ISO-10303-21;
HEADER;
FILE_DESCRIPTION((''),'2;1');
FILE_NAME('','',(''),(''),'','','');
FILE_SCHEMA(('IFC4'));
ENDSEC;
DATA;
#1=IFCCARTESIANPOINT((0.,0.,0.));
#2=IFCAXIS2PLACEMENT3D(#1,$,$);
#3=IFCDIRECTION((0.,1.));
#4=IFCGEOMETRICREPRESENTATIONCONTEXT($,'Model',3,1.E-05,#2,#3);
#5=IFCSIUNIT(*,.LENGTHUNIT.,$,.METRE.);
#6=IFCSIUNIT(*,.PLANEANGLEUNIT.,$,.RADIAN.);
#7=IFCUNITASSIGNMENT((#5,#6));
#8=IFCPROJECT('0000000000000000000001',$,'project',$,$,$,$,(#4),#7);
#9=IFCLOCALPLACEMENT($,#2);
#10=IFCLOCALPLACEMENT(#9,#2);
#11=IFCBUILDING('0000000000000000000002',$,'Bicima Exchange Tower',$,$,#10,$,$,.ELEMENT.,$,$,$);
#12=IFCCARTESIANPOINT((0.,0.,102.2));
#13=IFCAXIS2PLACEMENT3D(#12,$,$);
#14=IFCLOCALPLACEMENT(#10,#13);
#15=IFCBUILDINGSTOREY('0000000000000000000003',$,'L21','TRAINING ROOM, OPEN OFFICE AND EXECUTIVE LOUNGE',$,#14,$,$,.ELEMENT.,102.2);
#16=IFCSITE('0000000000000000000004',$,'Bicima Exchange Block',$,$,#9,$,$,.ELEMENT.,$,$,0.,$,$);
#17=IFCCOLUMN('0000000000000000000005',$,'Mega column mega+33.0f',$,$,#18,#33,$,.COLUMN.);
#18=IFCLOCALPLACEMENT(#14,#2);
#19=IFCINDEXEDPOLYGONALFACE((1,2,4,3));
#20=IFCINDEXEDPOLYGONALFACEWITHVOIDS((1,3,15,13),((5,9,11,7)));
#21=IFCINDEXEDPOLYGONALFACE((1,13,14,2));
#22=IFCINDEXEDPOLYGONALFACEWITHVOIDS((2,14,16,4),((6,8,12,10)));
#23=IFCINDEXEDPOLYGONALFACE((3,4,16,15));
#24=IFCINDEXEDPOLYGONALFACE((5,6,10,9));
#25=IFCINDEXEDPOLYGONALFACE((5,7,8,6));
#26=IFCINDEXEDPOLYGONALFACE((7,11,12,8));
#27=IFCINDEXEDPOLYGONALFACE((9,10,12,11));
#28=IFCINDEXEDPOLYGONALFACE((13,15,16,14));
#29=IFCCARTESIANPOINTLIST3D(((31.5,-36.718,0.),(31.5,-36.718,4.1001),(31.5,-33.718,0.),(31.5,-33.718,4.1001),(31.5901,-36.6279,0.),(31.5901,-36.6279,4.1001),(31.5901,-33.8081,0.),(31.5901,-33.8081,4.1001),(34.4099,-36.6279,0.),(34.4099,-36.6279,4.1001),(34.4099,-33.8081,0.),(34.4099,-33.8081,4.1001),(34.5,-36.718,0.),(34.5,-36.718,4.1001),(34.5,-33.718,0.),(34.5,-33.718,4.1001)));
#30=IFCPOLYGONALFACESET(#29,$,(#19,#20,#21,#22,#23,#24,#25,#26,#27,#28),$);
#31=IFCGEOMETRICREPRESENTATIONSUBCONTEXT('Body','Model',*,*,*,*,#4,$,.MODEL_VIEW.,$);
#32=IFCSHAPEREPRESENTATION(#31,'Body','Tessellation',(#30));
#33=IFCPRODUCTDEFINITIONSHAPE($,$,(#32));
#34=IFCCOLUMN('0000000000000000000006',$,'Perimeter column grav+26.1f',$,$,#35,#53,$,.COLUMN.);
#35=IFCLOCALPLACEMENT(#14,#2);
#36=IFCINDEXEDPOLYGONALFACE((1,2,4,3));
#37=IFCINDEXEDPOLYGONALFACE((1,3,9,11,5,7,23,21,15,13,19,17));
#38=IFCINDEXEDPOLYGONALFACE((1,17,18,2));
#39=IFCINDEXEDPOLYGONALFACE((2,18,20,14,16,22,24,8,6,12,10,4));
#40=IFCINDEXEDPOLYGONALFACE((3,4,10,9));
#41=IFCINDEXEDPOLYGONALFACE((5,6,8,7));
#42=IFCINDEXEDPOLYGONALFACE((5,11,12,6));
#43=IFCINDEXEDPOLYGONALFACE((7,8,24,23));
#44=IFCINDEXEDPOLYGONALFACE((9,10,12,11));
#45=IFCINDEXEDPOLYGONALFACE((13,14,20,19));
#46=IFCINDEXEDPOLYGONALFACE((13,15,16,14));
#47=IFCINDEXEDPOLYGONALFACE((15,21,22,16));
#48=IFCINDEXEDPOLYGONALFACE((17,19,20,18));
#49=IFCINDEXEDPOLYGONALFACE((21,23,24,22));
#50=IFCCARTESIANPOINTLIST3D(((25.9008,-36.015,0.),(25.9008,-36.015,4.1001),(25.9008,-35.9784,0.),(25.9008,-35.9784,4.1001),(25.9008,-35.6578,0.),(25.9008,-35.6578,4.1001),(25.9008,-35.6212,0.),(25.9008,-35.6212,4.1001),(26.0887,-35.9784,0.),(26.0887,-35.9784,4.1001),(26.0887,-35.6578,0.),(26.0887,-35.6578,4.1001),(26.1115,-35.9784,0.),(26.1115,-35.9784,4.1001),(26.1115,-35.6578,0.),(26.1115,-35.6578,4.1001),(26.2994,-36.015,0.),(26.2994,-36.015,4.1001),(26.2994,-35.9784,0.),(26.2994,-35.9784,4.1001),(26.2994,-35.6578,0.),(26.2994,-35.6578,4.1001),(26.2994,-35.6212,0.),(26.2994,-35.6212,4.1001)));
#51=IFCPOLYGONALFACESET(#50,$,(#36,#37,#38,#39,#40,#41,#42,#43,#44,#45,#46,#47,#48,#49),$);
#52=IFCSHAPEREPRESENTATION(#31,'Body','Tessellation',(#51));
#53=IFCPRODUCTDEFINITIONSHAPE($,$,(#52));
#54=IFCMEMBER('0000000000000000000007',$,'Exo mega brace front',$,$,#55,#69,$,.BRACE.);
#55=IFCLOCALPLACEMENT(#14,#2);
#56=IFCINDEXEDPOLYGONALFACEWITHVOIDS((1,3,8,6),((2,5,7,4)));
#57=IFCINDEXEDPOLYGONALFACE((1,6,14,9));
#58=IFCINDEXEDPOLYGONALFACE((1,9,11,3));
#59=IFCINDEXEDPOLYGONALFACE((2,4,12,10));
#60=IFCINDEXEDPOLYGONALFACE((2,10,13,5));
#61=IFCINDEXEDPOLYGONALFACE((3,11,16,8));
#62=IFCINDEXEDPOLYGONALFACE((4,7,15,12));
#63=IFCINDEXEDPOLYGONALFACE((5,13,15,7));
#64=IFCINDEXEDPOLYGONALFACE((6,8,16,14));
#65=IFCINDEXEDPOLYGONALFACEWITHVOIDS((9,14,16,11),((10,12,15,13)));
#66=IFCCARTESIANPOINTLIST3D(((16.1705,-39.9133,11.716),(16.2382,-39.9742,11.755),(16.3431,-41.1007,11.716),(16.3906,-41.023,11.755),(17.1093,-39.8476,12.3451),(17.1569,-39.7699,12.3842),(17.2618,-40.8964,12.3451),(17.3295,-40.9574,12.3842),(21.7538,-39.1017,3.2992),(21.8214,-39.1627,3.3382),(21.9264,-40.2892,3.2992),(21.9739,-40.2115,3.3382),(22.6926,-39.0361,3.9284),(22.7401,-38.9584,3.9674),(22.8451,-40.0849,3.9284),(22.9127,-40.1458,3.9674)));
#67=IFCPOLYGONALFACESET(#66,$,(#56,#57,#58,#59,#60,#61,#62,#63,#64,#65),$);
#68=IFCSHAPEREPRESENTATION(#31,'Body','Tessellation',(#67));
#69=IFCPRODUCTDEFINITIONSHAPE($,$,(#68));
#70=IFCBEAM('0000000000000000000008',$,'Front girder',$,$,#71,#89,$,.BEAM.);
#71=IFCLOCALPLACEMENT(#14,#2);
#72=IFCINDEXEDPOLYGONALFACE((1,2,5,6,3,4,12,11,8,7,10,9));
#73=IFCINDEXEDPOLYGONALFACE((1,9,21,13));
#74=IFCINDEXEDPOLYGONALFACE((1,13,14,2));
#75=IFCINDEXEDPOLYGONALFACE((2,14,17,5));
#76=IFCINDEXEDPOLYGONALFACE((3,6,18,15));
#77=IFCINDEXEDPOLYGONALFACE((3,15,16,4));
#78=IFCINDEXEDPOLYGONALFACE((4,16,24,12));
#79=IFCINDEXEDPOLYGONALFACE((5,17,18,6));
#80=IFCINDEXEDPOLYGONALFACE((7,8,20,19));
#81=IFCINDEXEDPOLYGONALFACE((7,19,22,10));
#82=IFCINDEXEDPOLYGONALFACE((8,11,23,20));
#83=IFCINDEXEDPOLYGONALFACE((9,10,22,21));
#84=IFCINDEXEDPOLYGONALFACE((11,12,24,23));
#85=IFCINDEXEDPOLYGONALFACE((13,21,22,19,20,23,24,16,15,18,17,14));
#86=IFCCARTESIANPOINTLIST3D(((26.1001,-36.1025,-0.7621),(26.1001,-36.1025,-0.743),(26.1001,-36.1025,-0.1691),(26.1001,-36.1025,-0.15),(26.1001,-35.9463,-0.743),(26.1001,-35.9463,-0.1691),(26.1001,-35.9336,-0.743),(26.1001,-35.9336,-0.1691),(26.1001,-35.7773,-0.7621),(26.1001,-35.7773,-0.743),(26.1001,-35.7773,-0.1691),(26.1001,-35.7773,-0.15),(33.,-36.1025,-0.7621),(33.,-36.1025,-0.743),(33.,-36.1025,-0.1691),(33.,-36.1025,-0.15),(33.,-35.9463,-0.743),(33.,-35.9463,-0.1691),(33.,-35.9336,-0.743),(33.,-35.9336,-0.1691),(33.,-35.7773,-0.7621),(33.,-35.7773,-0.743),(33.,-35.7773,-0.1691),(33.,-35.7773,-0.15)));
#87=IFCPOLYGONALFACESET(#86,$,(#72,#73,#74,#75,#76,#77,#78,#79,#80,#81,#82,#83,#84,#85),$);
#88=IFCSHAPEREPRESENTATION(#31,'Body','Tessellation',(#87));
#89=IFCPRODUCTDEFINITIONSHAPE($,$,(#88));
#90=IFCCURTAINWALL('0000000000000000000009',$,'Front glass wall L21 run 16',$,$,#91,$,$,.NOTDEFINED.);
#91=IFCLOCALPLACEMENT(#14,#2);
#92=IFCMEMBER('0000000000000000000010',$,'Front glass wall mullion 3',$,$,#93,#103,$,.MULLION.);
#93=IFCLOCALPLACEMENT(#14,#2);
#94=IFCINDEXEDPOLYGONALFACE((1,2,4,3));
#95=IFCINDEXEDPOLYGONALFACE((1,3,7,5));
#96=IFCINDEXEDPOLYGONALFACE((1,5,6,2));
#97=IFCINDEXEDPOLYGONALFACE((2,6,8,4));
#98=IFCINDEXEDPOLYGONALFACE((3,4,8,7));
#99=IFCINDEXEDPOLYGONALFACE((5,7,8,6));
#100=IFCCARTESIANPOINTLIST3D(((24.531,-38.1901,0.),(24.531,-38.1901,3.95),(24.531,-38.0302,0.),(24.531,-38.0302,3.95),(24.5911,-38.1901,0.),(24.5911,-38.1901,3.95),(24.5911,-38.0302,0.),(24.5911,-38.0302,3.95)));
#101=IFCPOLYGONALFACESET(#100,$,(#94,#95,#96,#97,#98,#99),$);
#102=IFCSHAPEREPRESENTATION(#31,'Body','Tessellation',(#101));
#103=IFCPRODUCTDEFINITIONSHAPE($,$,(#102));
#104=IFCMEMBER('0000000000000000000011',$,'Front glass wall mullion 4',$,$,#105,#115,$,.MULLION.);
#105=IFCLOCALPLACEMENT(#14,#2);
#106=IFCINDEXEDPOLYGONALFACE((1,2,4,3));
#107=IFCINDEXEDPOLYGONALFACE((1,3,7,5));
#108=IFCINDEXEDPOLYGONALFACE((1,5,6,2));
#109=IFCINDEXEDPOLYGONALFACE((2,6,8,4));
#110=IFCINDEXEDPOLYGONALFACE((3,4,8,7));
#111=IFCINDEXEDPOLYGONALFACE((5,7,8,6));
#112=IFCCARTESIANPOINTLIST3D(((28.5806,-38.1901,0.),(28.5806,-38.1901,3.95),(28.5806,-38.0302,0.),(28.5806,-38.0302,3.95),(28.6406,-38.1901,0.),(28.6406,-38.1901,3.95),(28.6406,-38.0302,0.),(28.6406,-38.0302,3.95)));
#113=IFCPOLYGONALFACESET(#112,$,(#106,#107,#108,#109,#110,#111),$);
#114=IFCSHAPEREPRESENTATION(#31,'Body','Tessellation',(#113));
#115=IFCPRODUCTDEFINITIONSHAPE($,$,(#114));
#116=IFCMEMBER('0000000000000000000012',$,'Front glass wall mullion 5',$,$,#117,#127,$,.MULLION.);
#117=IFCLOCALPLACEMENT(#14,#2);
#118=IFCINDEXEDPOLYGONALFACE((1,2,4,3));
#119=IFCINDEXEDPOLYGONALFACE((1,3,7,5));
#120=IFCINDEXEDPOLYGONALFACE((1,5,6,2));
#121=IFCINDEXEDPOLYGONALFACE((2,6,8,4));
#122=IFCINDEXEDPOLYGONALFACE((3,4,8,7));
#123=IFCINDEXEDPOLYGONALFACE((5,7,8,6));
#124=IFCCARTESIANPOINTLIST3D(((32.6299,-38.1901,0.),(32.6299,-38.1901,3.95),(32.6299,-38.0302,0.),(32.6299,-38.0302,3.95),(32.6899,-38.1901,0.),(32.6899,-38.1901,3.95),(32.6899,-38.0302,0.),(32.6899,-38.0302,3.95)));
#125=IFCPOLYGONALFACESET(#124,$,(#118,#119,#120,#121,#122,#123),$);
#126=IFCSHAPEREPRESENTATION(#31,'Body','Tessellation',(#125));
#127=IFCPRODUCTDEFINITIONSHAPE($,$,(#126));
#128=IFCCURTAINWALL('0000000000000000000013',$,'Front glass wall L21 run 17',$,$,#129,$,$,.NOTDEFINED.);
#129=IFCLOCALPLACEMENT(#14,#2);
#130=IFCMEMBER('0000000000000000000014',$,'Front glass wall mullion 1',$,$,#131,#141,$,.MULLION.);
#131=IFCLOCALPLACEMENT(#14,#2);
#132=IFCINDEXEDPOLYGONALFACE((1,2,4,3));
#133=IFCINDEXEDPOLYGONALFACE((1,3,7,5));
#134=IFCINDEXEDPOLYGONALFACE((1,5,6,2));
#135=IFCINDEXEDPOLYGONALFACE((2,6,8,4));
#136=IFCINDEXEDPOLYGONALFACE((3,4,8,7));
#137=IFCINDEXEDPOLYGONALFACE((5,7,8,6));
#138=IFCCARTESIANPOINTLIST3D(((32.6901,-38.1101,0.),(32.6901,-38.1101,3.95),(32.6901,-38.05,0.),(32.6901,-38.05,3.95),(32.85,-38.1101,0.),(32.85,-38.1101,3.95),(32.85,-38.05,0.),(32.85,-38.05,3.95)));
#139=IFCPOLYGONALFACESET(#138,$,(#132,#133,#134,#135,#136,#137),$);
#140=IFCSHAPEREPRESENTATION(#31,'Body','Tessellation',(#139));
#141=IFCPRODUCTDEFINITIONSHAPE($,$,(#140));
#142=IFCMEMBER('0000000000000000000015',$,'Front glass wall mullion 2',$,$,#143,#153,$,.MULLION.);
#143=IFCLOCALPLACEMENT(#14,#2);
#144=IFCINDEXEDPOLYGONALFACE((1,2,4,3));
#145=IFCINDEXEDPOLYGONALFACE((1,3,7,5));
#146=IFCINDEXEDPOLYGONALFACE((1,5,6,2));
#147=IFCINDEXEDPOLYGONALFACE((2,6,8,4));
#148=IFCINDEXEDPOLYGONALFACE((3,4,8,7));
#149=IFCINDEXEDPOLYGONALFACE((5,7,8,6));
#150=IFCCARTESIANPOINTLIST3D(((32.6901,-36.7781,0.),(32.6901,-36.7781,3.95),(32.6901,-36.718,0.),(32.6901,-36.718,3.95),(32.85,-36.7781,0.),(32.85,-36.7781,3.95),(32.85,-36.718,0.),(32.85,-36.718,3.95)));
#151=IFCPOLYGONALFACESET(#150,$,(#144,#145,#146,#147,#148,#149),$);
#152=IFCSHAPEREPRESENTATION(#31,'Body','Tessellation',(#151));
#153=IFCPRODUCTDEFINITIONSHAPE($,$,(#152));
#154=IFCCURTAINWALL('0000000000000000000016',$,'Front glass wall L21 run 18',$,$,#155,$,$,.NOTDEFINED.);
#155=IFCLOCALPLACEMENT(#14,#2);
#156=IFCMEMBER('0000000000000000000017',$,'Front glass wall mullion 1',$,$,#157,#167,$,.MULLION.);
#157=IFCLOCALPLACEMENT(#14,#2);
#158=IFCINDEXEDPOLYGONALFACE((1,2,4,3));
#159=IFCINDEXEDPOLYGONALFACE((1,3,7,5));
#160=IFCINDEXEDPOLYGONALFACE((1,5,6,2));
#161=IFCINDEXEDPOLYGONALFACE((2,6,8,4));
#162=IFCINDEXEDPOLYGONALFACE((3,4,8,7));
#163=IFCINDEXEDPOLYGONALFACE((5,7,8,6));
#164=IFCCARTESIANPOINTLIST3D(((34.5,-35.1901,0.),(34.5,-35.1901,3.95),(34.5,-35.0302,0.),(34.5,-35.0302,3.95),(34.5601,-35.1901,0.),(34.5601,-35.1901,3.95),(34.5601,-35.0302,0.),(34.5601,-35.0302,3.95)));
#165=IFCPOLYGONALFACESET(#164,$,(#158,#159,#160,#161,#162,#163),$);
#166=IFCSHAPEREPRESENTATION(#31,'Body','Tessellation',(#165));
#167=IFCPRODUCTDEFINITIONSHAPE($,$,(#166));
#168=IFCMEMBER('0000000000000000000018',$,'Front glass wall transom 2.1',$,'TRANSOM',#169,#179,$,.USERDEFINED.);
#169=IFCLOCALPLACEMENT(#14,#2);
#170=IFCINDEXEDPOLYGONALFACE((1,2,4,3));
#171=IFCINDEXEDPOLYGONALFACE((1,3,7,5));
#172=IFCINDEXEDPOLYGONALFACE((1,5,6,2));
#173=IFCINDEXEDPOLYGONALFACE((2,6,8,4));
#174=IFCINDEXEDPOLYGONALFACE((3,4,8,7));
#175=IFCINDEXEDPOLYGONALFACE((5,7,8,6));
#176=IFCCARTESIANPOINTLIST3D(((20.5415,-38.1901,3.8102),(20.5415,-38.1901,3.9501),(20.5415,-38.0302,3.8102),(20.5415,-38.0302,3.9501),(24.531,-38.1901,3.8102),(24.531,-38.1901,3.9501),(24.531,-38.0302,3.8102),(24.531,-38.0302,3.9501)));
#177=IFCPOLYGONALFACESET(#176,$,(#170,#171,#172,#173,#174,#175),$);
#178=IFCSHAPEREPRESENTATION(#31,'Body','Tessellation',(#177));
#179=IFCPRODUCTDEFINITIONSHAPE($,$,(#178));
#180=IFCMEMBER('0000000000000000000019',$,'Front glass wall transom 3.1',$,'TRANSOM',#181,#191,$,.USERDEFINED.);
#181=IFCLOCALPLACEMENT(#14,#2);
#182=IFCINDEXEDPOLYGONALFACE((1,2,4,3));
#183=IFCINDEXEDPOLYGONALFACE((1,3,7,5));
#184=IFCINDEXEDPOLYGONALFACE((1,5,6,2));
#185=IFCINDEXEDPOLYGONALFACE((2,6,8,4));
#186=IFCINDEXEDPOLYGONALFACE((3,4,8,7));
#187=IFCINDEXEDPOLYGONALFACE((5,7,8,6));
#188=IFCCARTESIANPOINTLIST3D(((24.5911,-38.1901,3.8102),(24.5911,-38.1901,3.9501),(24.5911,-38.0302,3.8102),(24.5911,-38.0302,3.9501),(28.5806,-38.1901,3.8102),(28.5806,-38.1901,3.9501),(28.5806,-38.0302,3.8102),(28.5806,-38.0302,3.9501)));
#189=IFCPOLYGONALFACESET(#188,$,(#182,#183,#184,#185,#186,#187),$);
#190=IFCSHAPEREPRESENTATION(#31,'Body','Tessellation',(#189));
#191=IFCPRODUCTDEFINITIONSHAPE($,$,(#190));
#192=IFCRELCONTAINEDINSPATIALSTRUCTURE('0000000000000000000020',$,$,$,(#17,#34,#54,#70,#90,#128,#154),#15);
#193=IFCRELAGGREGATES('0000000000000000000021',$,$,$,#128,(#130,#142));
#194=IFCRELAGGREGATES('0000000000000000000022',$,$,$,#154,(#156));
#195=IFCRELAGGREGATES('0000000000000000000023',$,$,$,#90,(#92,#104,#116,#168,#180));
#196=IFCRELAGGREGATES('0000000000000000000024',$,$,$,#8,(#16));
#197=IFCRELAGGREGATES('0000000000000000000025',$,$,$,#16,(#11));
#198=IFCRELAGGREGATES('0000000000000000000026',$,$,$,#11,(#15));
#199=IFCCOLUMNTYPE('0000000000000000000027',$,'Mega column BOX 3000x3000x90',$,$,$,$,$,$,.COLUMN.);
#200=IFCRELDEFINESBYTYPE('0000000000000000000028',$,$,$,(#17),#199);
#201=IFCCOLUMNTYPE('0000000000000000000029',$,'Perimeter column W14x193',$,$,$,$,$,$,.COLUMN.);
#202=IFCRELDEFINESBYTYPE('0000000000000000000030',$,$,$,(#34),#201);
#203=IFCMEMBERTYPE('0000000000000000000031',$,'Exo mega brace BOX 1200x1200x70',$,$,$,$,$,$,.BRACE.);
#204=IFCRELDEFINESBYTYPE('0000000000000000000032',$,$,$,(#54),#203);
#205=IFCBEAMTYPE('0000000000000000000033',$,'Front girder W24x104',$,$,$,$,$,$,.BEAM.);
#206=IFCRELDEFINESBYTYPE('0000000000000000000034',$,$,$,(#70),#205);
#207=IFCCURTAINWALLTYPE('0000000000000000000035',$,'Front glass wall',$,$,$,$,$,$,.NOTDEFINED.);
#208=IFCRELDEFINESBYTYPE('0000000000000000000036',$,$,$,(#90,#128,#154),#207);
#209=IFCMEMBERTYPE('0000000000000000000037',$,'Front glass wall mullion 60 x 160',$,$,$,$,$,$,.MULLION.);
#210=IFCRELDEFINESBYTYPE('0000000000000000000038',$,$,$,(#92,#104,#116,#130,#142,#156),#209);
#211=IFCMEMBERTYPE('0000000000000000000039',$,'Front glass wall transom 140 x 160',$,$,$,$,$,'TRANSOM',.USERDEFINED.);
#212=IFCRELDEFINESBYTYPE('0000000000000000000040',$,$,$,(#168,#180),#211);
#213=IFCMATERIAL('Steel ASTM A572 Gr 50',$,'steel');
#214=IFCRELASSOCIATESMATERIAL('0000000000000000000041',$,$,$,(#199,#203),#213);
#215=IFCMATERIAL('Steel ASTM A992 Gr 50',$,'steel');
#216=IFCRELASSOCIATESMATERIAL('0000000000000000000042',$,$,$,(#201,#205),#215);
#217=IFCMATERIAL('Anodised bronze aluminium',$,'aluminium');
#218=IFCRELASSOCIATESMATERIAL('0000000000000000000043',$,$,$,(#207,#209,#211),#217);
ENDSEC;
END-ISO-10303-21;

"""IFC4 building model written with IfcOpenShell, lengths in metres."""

from ifc_helpers import new_model, si_unit, direction, frame, origin, origin_2d, place, context, subcontext, project, spatial, rectangle, hollow_rectangle, i_section, extrude, material, material_profile, profile_set, type_object, element, aggregate, save


model = new_model("IFC4")

# Units and contexts
model_context = context("Model", 3, precision=1e-05, world=origin(), true_north=direction((0.0, 1.0)))
body_context = subcontext(model_context, "Body", "Model", "MODEL_VIEW")
ifc_project = project(units=[si_unit("LENGTHUNIT", "METRE"), si_unit("PLANEANGLEUNIT", "RADIAN")], contexts=[model_context])

# Site, building, storey
site_placement = place(None, origin())
site = spatial("IfcSite", under=ifc_project, at=site_placement, Name="Bicima Exchange Block", CompositionType="ELEMENT", RefElevation=0.0)
building_placement = place(site_placement, origin())
building = spatial("IfcBuilding", under=site, at=building_placement, Name="Bicima Exchange Tower", CompositionType="ELEMENT")
storey_placement = place(building_placement, frame((0.0, 0.0, 102.2)))
storey = spatial("IfcBuildingStorey", under=building, at=storey_placement, Name="L21", Description="TRAINING ROOM, OPEN OFFICE AND EXECUTIVE LOUNGE", CompositionType="ELEMENT", Elevation=102.2)

# Columns
ifc_material_1 = material(Name="Steel ASTM A572 Gr 50", Category="steel")
ifc_material_profile_1 = material_profile(ifc_material_1, hollow_rectangle(XDim=3.0, YDim=3.0, WallThickness=0.0901, at=origin_2d()))
ifc_profile_set_1 = profile_set([ifc_material_profile_1], Name="Steel ASTM A572 Gr 50")
column_type_1 = type_object("IfcColumnType", Name="Mega column BOX 3000x3000x90", PredefinedType="COLUMN", material=ifc_profile_set_1)
column_1_placement = place(storey_placement, frame((33.0, -35.218, 0.0), z_axis=(0.0, 0.0, 1.0), x_axis=(1.0, 0.0, 0.0)))
element("IfcColumn", 1, at=column_1_placement, inside=storey, type_object=column_type_1, Name="Mega column mega+33.0f", PredefinedType="COLUMN", context=body_context, shape_type="SweptSolid", body=[
    extrude(hollow_rectangle(XDim=3.0, YDim=3.0, WallThickness=0.0901, at=origin_2d()), origin(), (0.0, 0.0, 1.0), 4.1001),
])
ifc_material_2 = material(Name="Steel ASTM A992 Gr 50", Category="steel")
ifc_material_profile_2 = material_profile(ifc_material_2, i_section(OverallWidth=0.3987, OverallDepth=0.3938, WebThickness=0.0227, FlangeThickness=0.0366, at=origin_2d()))
ifc_profile_set_2 = profile_set([ifc_material_profile_2], Name="Steel ASTM A992 Gr 50")
column_type_2 = type_object("IfcColumnType", Name="Perimeter column W14x193", PredefinedType="COLUMN", material=ifc_profile_set_2)
column_2_placement = place(storey_placement, frame((26.1001, -35.8181, 0.0), z_axis=(0.0, 0.0, 1.0), x_axis=(1.0, 0.0, 0.0)))
element("IfcColumn", 2, at=column_2_placement, inside=storey, type_object=column_type_2, Name="Perimeter column grav+26.1f", PredefinedType="COLUMN", context=body_context, shape_type="SweptSolid", body=[
    extrude(i_section(OverallWidth=0.3987, OverallDepth=0.3938, WebThickness=0.0227, FlangeThickness=0.0366, at=origin_2d()), origin(), (0.0, 0.0, 1.0), 4.1001),
])

# Member
ifc_material_profile_3 = material_profile(ifc_material_1, hollow_rectangle(XDim=1.2, YDim=1.2, WallThickness=0.0701, at=origin_2d()))
ifc_profile_set_3 = profile_set([ifc_material_profile_3], Name="Steel ASTM A572 Gr 50")
member_type_1 = type_object("IfcMemberType", Name="Exo mega brace BOX 1200x1200x70", PredefinedType="BRACE", material=ifc_profile_set_3)
member_1_placement = place(storey_placement, frame((22.3333, -39.6238, 3.6333), z_axis=(-0.55101, -0.080089, 0.830647), x_axis=(0.143838, -0.989601, 0.0)))
element("IfcMember", 3, at=member_1_placement, inside=storey, type_object=member_type_1, Name="Exo mega brace front", PredefinedType="BRACE", context=body_context, shape_type="SweptSolid", body=[
    extrude(hollow_rectangle(XDim=1.2, YDim=1.2, WallThickness=0.0701, at=origin_2d()), origin(), (0.0, 0.0, 1.0), 10.1328),
])

# Beam
ifc_material_profile_4 = material_profile(ifc_material_2, i_section(OverallWidth=0.3252, OverallDepth=0.6121, WebThickness=0.0127, FlangeThickness=0.019, at=origin_2d()))
ifc_profile_set_4 = profile_set([ifc_material_profile_4], Name="Steel ASTM A992 Gr 50")
beam_type = type_object("IfcBeamType", Name="Front girder W24x104", PredefinedType="BEAM", material=ifc_profile_set_4)
beam_placement = place(storey_placement, frame((26.1001, -35.9399, -0.4561), z_axis=(1.0, 0.0, 0.0), x_axis=(0.0, 1.0, 0.0)))
element("IfcBeam", 4, at=beam_placement, inside=storey, type_object=beam_type, Name="Front girder", PredefinedType="BEAM", context=body_context, shape_type="SweptSolid", body=[
    extrude(i_section(OverallWidth=0.3252, OverallDepth=0.6121, WebThickness=0.0127, FlangeThickness=0.019, at=origin_2d()), origin(), (0.0, 0.0, 1.0), 6.8999),
])

# Curtain walls, members
ifc_material_3 = material(Name="Anodised bronze aluminium", Category="aluminium")
curtain_wall_type = type_object("IfcCurtainWallType", Name="Front glass wall", PredefinedType="NOTDEFINED", material=ifc_material_3)
curtain_wall_1_placement = place(storey_placement, origin())
curtain_wall_1 = element("IfcCurtainWall", 5, at=curtain_wall_1_placement, inside=storey, type_object=curtain_wall_type, Name="Front glass wall L21 run 16", PredefinedType="NOTDEFINED")
ifc_material_profile_5 = material_profile(ifc_material_3, rectangle(XDim=0.1599, YDim=0.0601, at=origin_2d()))
ifc_profile_set_5 = profile_set([ifc_material_profile_5], Name="Anodised bronze aluminium")
member_type_2 = type_object("IfcMemberType", Name="Front glass wall mullion 60 x 160", PredefinedType="MULLION", material=ifc_profile_set_5)
member_2_placement = place(storey_placement, frame((24.561, -38.1101, 0.0), z_axis=(0.0, 0.0, 1.0), x_axis=(0.0, 1.0, 0.0)))
member_2 = element("IfcMember", 6, at=member_2_placement, type_object=member_type_2, Name="Front glass wall mullion 3", PredefinedType="MULLION", context=body_context, shape_type="SweptSolid", body=[
    extrude(rectangle(XDim=0.1599, YDim=0.0601, at=origin_2d()), origin(), (0.0, 0.0, 1.0), 3.95),
])
member_3_placement = place(storey_placement, frame((28.6106, -38.1101, 0.0), z_axis=(0.0, 0.0, 1.0), x_axis=(0.0, 1.0, 0.0)))
member_3 = element("IfcMember", 7, at=member_3_placement, type_object=member_type_2, Name="Front glass wall mullion 4", PredefinedType="MULLION", context=body_context, shape_type="SweptSolid", body=[
    extrude(rectangle(XDim=0.1599, YDim=0.0601, at=origin_2d()), origin(), (0.0, 0.0, 1.0), 3.95),
])
member_4_placement = place(storey_placement, frame((32.6599, -38.1101, 0.0), z_axis=(0.0, 0.0, 1.0), x_axis=(0.0, 1.0, 0.0)))
member_4 = element("IfcMember", 8, at=member_4_placement, type_object=member_type_2, Name="Front glass wall mullion 5", PredefinedType="MULLION", context=body_context, shape_type="SweptSolid", body=[
    extrude(rectangle(XDim=0.1599, YDim=0.0601, at=origin_2d()), origin(), (0.0, 0.0, 1.0), 3.95),
])
curtain_wall_2_placement = place(storey_placement, origin())
curtain_wall_2 = element("IfcCurtainWall", 9, at=curtain_wall_2_placement, inside=storey, type_object=curtain_wall_type, Name="Front glass wall L21 run 17", PredefinedType="NOTDEFINED")
member_5_placement = place(storey_placement, frame((32.77, -38.0801, 0.0), z_axis=(0.0, 0.0, 1.0), x_axis=(-1.0, 0.0, 0.0)))
member_5 = element("IfcMember", 10, at=member_5_placement, type_object=member_type_2, Name="Front glass wall mullion 1", PredefinedType="MULLION", context=body_context, shape_type="SweptSolid", body=[
    extrude(rectangle(XDim=0.1599, YDim=0.0601, at=origin_2d()), origin(), (0.0, 0.0, 1.0), 3.95),
])
member_6_placement = place(storey_placement, frame((32.77, -36.748, 0.0), z_axis=(0.0, 0.0, 1.0), x_axis=(-1.0, 0.0, 0.0)))
member_6 = element("IfcMember", 11, at=member_6_placement, type_object=member_type_2, Name="Front glass wall mullion 2", PredefinedType="MULLION", context=body_context, shape_type="SweptSolid", body=[
    extrude(rectangle(XDim=0.1599, YDim=0.0601, at=origin_2d()), origin(), (0.0, 0.0, 1.0), 3.95),
])

# Curtain wall, member
curtain_wall_3_placement = place(storey_placement, origin())
curtain_wall_3 = element("IfcCurtainWall", 12, at=curtain_wall_3_placement, inside=storey, type_object=curtain_wall_type, Name="Front glass wall L21 run 18", PredefinedType="NOTDEFINED")
member_7_placement = place(storey_placement, frame((34.53, -35.1101, 0.0), z_axis=(0.0, 0.0, 1.0), x_axis=(0.0, 1.0, 0.0)))
member_7 = element("IfcMember", 13, at=member_7_placement, type_object=member_type_2, Name="Front glass wall mullion 1", PredefinedType="MULLION", context=body_context, shape_type="SweptSolid", body=[
    extrude(rectangle(XDim=0.1599, YDim=0.0601, at=origin_2d()), origin(), (0.0, 0.0, 1.0), 3.95),
])

# Members
ifc_material_profile_6 = material_profile(ifc_material_3, rectangle(XDim=0.1599, YDim=0.1399, at=origin_2d()))
ifc_profile_set_6 = profile_set([ifc_material_profile_6], Name="Anodised bronze aluminium")
member_type_3 = type_object("IfcMemberType", Name="Front glass wall transom 140 x 160", ElementType="TRANSOM", PredefinedType="USERDEFINED", material=ifc_profile_set_6)
member_8_placement = place(storey_placement, frame((20.5415, -38.1101, 3.8801), z_axis=(1.0, 0.0, 0.0), x_axis=(0.0, 1.0, 0.0)))
member_8 = element("IfcMember", 14, at=member_8_placement, type_object=member_type_3, Name="Front glass wall transom 2.1", ObjectType="TRANSOM", PredefinedType="USERDEFINED", context=body_context, shape_type="SweptSolid", body=[
    extrude(rectangle(XDim=0.1599, YDim=0.1399, at=origin_2d()), origin(), (0.0, 0.0, 1.0), 3.9895),
])
member_9_placement = place(storey_placement, frame((24.5911, -38.1101, 3.8801), z_axis=(1.0, 0.0, 0.0), x_axis=(0.0, 1.0, 0.0)))
member_9 = element("IfcMember", 15, at=member_9_placement, type_object=member_type_3, Name="Front glass wall transom 3.1", ObjectType="TRANSOM", PredefinedType="USERDEFINED", context=body_context, shape_type="SweptSolid", body=[
    extrude(rectangle(XDim=0.1599, YDim=0.1399, at=origin_2d()), origin(), (0.0, 0.0, 1.0), 3.9895),
])

aggregate(curtain_wall_2, [member_5, member_6])
aggregate(curtain_wall_3, [member_7])
aggregate(curtain_wall_1, [member_2, member_3, member_4, member_8, member_9])

save(model, "model.ifc")
